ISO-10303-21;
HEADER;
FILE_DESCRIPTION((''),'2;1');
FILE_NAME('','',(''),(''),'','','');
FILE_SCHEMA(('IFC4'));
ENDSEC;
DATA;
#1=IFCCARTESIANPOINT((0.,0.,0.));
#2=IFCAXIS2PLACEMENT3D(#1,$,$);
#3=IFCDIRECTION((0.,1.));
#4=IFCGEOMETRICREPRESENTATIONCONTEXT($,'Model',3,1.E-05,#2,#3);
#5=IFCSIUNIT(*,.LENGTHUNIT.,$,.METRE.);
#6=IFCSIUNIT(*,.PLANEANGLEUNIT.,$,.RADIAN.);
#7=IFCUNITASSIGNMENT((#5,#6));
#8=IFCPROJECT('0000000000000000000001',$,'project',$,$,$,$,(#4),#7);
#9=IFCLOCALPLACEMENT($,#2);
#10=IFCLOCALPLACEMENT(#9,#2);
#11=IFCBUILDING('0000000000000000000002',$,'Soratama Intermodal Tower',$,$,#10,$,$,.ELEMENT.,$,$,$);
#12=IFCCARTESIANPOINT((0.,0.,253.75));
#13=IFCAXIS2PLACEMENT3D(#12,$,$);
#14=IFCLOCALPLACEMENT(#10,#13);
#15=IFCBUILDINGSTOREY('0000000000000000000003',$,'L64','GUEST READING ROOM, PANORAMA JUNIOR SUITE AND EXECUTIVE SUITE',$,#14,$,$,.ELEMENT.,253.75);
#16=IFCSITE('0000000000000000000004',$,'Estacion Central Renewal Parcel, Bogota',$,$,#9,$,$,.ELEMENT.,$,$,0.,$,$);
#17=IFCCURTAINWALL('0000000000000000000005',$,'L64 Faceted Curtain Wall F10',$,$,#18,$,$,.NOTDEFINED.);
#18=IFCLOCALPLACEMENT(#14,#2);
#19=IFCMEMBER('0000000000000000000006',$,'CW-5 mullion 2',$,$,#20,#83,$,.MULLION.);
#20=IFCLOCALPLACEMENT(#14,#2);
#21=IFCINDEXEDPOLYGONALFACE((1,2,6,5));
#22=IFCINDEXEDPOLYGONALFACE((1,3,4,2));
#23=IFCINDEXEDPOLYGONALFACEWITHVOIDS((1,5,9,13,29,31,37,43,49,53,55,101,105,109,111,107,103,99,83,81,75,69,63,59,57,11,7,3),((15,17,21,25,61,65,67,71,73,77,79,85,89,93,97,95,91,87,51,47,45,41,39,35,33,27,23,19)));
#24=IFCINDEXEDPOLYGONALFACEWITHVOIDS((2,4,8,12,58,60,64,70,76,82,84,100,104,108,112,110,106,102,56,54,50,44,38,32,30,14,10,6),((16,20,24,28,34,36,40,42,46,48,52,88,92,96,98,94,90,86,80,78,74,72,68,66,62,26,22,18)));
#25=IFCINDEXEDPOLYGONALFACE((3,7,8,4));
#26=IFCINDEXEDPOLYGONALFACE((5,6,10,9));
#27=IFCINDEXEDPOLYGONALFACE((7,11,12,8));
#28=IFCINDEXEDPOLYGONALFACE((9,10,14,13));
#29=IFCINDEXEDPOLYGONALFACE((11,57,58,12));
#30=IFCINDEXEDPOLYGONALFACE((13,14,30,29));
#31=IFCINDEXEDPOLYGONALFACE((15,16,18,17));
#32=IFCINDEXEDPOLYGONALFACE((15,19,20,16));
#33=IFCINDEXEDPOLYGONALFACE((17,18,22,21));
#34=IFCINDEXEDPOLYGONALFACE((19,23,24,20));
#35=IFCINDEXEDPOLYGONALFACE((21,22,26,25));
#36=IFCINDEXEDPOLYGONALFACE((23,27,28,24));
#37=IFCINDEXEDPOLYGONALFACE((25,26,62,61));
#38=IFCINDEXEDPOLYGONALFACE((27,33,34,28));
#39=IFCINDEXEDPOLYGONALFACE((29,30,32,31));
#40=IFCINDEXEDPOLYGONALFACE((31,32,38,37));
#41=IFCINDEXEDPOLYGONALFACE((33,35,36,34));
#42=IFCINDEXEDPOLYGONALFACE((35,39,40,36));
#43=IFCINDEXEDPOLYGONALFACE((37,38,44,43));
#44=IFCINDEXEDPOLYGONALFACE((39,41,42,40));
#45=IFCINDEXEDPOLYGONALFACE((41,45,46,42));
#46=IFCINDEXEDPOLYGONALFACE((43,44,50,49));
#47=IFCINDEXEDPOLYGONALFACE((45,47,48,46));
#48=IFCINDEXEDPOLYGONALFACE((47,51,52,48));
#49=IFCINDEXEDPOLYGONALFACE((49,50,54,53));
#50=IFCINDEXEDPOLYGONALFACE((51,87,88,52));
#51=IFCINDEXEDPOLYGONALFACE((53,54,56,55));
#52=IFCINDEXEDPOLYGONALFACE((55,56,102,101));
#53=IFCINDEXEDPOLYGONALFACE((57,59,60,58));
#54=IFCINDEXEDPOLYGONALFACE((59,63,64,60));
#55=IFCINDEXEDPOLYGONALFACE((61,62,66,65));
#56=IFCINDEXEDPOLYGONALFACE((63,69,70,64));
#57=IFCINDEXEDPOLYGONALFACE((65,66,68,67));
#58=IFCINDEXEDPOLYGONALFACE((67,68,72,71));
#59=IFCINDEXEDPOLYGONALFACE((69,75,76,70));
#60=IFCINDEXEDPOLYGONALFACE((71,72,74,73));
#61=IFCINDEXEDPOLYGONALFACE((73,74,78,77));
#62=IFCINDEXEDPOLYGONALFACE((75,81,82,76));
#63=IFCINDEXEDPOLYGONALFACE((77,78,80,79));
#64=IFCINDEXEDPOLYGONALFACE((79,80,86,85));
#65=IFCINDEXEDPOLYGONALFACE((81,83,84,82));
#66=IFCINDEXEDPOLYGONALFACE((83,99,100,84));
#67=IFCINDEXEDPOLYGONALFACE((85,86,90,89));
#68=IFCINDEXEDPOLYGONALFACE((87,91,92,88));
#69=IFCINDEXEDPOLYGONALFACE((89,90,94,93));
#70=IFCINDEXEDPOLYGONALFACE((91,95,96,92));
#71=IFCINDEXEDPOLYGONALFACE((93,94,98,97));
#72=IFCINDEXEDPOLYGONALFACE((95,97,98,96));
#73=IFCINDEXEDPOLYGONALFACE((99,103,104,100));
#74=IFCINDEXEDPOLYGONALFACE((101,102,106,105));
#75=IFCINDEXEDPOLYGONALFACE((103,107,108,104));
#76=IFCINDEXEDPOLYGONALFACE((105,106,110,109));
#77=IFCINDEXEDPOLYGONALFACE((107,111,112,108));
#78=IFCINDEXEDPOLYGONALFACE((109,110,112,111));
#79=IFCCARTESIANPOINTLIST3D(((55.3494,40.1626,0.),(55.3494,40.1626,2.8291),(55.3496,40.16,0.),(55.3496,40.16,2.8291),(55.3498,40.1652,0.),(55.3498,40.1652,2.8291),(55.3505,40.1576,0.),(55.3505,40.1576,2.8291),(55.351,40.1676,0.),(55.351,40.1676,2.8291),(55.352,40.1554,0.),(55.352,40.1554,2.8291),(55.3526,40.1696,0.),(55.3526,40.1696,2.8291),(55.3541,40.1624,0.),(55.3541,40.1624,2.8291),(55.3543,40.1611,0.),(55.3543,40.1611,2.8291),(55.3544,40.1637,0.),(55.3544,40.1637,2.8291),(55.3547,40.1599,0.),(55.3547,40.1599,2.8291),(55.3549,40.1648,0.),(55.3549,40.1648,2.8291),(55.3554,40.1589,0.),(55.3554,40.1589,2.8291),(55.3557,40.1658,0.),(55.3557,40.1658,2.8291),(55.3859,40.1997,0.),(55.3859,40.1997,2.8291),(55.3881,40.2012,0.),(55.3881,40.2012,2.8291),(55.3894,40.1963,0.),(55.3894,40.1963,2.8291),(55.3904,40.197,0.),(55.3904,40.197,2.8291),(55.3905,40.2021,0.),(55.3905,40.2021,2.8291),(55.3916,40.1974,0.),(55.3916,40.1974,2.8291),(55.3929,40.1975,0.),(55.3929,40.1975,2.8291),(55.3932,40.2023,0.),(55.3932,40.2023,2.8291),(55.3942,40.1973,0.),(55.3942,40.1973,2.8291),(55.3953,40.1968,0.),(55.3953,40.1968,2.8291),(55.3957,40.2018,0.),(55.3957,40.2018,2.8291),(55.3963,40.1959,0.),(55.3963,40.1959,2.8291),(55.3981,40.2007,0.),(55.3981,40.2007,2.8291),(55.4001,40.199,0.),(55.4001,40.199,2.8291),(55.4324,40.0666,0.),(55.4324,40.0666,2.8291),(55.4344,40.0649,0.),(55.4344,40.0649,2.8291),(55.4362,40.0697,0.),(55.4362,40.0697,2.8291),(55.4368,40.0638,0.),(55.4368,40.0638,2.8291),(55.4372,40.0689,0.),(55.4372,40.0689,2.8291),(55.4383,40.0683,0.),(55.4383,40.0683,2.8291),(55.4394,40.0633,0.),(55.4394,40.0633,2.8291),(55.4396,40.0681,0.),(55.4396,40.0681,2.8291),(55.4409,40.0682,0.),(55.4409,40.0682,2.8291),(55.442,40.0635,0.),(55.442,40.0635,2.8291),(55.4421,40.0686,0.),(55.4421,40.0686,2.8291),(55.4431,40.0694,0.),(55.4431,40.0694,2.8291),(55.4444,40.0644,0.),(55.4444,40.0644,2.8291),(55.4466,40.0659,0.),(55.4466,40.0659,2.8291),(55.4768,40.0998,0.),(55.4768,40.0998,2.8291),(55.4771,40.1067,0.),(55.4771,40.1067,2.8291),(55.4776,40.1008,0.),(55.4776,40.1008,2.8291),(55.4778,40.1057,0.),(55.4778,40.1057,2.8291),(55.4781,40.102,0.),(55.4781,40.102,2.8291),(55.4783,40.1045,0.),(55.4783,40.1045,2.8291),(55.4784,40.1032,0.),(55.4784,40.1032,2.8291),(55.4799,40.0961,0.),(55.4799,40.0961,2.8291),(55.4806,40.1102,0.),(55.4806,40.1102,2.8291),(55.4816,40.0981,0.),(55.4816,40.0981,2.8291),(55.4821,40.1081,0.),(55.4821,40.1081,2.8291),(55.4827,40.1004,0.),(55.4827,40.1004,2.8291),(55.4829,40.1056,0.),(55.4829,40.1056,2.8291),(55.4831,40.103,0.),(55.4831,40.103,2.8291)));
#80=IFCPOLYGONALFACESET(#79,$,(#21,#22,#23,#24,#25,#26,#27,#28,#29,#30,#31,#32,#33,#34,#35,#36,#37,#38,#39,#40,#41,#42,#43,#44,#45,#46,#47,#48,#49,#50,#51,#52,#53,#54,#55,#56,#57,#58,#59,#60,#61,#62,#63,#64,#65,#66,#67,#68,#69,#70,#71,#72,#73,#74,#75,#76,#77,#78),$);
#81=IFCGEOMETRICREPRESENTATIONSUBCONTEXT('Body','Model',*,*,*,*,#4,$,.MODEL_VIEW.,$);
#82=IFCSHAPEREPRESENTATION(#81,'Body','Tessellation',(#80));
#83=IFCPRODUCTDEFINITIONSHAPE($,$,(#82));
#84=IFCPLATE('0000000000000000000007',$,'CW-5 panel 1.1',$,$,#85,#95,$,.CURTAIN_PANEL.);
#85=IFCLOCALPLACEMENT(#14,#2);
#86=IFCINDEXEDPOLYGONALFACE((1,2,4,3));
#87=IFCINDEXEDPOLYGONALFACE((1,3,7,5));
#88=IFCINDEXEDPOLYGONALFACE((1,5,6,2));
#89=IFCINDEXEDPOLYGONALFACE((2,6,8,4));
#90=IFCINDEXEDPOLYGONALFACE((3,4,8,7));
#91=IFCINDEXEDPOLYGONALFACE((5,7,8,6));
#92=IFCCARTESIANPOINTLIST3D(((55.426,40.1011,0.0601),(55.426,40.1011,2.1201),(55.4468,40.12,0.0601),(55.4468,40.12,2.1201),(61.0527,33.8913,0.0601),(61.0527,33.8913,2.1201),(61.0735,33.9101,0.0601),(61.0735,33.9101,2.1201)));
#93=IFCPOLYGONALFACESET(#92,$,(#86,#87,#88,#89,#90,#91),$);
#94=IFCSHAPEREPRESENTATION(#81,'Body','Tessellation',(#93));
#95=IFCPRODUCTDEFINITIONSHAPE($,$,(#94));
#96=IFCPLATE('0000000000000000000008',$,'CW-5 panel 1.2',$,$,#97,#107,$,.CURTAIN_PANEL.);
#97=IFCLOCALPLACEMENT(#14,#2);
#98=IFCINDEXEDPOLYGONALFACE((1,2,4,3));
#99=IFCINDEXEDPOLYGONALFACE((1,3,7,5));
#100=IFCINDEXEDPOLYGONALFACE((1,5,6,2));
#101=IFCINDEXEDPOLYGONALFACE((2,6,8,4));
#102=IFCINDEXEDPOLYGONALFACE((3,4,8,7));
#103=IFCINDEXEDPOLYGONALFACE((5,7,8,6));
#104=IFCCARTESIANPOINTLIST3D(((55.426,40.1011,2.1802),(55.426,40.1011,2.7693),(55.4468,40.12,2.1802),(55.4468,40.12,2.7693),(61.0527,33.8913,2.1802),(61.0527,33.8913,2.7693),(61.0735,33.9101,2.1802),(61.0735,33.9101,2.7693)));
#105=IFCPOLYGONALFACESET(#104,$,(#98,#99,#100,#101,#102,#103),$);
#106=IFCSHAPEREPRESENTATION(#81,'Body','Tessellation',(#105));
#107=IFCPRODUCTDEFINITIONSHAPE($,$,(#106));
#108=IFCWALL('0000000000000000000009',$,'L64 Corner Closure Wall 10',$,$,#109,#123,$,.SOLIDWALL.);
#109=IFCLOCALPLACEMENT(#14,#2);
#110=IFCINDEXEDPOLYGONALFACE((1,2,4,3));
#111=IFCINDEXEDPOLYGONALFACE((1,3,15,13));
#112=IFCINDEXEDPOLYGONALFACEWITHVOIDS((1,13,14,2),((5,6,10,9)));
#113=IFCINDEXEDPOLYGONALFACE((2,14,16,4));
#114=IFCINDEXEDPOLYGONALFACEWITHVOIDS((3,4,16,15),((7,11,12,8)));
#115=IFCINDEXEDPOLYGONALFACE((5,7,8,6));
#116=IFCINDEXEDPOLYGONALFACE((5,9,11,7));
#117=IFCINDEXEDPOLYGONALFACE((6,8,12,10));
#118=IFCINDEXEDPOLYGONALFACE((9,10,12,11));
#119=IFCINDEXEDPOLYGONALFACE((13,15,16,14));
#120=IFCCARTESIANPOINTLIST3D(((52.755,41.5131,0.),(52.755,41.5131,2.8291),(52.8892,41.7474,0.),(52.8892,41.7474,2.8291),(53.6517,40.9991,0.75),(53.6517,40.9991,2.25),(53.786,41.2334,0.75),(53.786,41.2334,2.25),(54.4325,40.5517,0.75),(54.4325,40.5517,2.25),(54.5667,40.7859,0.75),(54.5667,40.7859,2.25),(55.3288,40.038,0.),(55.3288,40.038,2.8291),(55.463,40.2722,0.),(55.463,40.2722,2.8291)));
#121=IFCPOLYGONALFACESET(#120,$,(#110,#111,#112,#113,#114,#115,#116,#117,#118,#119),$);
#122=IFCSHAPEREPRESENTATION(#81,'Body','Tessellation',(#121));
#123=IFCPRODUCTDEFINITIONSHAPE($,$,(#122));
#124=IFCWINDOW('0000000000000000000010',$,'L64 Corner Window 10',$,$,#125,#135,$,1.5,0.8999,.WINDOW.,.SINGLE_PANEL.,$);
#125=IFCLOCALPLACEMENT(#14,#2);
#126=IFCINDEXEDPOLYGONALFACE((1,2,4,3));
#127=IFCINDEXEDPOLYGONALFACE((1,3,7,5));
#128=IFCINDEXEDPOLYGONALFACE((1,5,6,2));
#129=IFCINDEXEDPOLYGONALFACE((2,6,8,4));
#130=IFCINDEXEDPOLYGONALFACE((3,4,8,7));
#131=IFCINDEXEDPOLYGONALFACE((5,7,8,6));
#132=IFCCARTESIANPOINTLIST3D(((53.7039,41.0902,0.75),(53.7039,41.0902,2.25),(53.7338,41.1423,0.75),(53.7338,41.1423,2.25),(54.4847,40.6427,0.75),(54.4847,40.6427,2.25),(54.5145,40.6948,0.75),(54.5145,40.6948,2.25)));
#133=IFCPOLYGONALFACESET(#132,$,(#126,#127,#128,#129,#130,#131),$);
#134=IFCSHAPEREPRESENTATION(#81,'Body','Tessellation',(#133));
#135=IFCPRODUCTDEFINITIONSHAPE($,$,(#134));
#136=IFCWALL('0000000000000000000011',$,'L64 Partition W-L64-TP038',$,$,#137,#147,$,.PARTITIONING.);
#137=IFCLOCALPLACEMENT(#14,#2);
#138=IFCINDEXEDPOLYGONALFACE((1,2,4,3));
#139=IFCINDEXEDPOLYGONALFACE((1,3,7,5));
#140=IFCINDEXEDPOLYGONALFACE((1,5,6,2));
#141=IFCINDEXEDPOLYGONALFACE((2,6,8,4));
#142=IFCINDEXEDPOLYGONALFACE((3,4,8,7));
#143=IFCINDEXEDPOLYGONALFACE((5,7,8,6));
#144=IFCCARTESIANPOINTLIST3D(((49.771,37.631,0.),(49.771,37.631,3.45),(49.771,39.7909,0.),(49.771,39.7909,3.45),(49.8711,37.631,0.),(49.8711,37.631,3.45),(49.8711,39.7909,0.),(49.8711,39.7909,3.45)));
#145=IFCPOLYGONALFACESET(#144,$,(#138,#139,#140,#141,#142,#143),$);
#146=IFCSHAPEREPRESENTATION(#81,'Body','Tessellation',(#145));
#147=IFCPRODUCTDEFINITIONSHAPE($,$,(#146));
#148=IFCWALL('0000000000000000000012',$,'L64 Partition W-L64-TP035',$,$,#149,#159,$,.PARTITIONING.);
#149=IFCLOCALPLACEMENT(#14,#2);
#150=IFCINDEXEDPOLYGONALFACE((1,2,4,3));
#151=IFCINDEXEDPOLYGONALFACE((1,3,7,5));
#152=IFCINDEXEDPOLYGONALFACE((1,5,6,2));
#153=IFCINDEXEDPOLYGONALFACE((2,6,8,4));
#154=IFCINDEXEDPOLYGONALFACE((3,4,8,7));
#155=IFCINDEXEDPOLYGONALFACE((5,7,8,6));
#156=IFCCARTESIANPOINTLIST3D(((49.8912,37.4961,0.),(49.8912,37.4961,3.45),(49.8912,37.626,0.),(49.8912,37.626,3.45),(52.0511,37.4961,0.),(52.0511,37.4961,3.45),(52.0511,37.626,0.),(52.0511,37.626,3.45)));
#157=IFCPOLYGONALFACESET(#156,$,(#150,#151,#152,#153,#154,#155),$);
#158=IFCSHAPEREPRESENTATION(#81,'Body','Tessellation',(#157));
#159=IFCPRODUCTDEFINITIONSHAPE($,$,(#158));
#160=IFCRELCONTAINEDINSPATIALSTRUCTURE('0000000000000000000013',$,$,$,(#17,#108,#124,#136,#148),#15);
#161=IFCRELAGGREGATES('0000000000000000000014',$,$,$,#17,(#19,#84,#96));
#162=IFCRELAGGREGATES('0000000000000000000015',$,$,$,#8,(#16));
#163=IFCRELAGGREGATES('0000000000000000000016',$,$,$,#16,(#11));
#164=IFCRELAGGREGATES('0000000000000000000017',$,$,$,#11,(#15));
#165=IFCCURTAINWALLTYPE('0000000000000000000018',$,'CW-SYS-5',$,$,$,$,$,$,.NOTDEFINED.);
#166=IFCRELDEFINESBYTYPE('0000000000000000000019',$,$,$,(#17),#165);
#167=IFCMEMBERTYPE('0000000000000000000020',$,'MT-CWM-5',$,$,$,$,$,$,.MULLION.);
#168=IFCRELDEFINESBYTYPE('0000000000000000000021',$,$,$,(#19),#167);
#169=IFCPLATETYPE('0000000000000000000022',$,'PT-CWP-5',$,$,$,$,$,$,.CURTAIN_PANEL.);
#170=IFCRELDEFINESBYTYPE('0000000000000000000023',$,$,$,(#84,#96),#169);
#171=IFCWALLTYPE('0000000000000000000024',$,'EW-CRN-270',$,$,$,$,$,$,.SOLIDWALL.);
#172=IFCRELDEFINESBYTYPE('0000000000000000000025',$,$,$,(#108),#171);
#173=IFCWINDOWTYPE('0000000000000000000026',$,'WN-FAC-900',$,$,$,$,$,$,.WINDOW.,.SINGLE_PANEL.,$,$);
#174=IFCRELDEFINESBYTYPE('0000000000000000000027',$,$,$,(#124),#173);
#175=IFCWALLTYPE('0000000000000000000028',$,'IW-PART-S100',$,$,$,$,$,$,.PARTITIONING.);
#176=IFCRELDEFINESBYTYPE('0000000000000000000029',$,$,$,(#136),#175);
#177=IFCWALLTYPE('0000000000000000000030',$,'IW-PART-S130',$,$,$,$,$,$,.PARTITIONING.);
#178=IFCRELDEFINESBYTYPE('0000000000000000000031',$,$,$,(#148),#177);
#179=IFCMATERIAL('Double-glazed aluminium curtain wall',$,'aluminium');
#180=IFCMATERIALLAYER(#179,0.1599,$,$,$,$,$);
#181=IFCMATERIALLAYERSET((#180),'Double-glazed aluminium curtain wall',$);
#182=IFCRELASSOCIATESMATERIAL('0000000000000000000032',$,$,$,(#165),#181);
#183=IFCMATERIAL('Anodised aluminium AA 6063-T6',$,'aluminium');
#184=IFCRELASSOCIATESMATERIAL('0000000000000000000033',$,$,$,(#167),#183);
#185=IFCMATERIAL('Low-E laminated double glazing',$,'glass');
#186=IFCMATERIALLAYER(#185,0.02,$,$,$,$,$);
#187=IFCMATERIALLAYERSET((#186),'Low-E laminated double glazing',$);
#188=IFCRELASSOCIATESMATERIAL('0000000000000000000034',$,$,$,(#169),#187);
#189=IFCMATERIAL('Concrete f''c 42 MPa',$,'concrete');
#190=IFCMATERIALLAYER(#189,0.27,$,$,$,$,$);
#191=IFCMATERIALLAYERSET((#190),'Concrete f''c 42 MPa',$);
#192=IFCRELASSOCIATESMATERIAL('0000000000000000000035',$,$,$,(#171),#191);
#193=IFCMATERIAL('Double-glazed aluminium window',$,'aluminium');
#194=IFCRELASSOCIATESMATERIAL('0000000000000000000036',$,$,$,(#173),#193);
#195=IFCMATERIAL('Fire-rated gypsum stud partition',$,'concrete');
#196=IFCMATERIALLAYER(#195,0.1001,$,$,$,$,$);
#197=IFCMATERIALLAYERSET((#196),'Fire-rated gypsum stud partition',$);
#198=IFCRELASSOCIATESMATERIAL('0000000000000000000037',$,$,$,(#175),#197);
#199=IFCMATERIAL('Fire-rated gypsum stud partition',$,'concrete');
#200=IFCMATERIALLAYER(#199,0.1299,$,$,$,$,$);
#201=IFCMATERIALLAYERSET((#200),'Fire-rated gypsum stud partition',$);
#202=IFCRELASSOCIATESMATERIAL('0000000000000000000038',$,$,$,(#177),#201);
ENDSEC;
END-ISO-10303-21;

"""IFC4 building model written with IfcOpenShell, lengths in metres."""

from ifc_helpers import new_model, si_unit, direction, frame, frame_2d, origin, origin_2d, place, context, subcontext, project, spatial, rectangle, hollow_rectangle, extrude, material, layer, layer_set, material_profile, profile_set, type_object, element, fill, aggregate, save


model = new_model("IFC4")

# Units and contexts
model_context = context("Model", 3, precision=1e-05, world=origin(), true_north=direction((0.0, 1.0)))
body_context = subcontext(model_context, "Body", "Model", "MODEL_VIEW")
ifc_project = project(units=[si_unit("LENGTHUNIT", "METRE"), si_unit("PLANEANGLEUNIT", "RADIAN")], contexts=[model_context])

# Site, building, storey
site_placement = place(None, origin())
site = spatial("IfcSite", under=ifc_project, at=site_placement, Name="Estacion Central Renewal Parcel, Bogota", CompositionType="ELEMENT", RefElevation=0.0)
building_placement = place(site_placement, origin())
building = spatial("IfcBuilding", under=site, at=building_placement, Name="Soratama Intermodal Tower", CompositionType="ELEMENT")
storey_placement = place(building_placement, frame((0.0, 0.0, 253.75)))
storey = spatial("IfcBuildingStorey", under=building, at=storey_placement, Name="L64", Description="GUEST READING ROOM, PANORAMA JUNIOR SUITE AND EXECUTIVE SUITE", CompositionType="ELEMENT", Elevation=253.75)

# Curtain wall, member, plates
ifc_material_1 = material(Name="Double-glazed aluminium curtain wall", Category="aluminium")
ifc_layer_1 = layer(ifc_material_1, 0.1599)
ifc_layer_set_1 = layer_set([ifc_layer_1], Name="Double-glazed aluminium curtain wall")
curtain_wall_type = type_object("IfcCurtainWallType", Name="CW-SYS-5", PredefinedType="NOTDEFINED", material=ifc_layer_set_1)
curtain_wall_placement = place(storey_placement, origin())
curtain_wall = element("IfcCurtainWall", 1, at=curtain_wall_placement, inside=storey, type_object=curtain_wall_type, Name="L64 Faceted Curtain Wall F10", PredefinedType="NOTDEFINED")
ifc_material_2 = material(Name="Anodised aluminium AA 6063-T6", Category="aluminium")
ifc_material_profile_1 = material_profile(ifc_material_2, hollow_rectangle(XDim=0.0649, YDim=0.1399, WallThickness=0.0049, InnerFilletRadius=0.0049, OuterFilletRadius=0.01, at=origin_2d()), Name="CWM140X65X5")
ifc_profile_set_1 = profile_set([ifc_material_profile_1], Name="Anodised aluminium AA 6063-T6")
member_type = type_object("IfcMemberType", Name="MT-CWM-5", PredefinedType="MULLION", material=ifc_profile_set_1)
member_placement = place(storey_placement, frame((55.4163, 40.1328, 0.0), z_axis=(0.0, 0.0, 1.0), x_axis=(-0.741039, -0.671461, 0.0)))
member = element("IfcMember", 2, at=member_placement, type_object=member_type, Name="CW-5 mullion 2", PredefinedType="MULLION", context=body_context, shape_type="SweptSolid", body=[
    extrude(hollow_rectangle(XDim=0.0649, YDim=0.1399, WallThickness=0.0049, InnerFilletRadius=0.0049, OuterFilletRadius=0.01, at=origin_2d()), origin(), (0.0, 0.0, 1.0), 2.8291),
])
ifc_material_3 = material(Name="Low-E laminated double glazing", Category="glass")
ifc_layer_2 = layer(ifc_material_3, 0.02)
ifc_layer_set_2 = layer_set([ifc_layer_2], Name="Low-E laminated double glazing")
plate_type = type_object("IfcPlateType", Name="PT-CWP-5", PredefinedType="CURTAIN_PANEL", material=ifc_layer_set_2)
plate_1_placement = place(storey_placement, frame((58.2498, 37.0056, 0.0601), z_axis=(0.0, 0.0, 1.0), x_axis=(-0.671461, 0.741039, 0.0)))
plate_1 = element("IfcPlate", 3, at=plate_1_placement, type_object=plate_type, Name="CW-5 panel 1.1", PredefinedType="CURTAIN_PANEL", context=body_context, shape_type="SweptSolid", body=[
    extrude(rectangle(XDim=8.3799, YDim=0.0281, at=origin_2d()), origin(), (0.0, 0.0, 1.0), 2.0601),
])
plate_2_placement = place(storey_placement, frame((58.2498, 37.0056, 2.1802), z_axis=(0.0, 0.0, 1.0), x_axis=(-0.671461, 0.741039, 0.0)))
plate_2 = element("IfcPlate", 4, at=plate_2_placement, type_object=plate_type, Name="CW-5 panel 1.2", PredefinedType="CURTAIN_PANEL", context=body_context, shape_type="SweptSolid", body=[
    extrude(rectangle(XDim=8.3799, YDim=0.0281, at=origin_2d()), origin(), (0.0, 0.0, 1.0), 0.5891),
])
aggregate(curtain_wall, [member, plate_1, plate_2])

# Wall, opening, window
ifc_material_4 = material(Name="Concrete f'c 42 MPa", Category="concrete")
ifc_layer_3 = layer(ifc_material_4, 0.27)
ifc_layer_set_3 = layer_set([ifc_layer_3], Name="Concrete f'c 42 MPa")
wall_type_1 = type_object("IfcWallType", Name="EW-CRN-270", PredefinedType="SOLIDWALL", material=ifc_layer_set_3)
wall_1_placement = place(storey_placement, frame((55.396, 40.155, 0.0), z_axis=(0.0, 0.0, 1.0), x_axis=(-0.867604, 0.497255, 0.0)))
wall_1 = element("IfcWall", 5, at=wall_1_placement, inside=storey, type_object=wall_type_1, Name="L64 Corner Closure Wall 10", PredefinedType="SOLIDWALL", context=body_context, shape_type="SweptSolid", body=[
    extrude(rectangle(XDim=2.9666, YDim=0.27, at=frame_2d((1.4834, 0.0))), origin(), (0.0, 0.0, 1.0), 2.8291),
])
opening_1_placement = place(wall_1_placement, frame((1.0332, 0.0, 0.75)))
opening_1 = element("IfcOpeningElement", 6, at=opening_1_placement, cuts=wall_1, PredefinedType="OPENING", context=body_context, shape_type="SweptSolid", body=[
    extrude(rectangle(XDim=0.8999, YDim=1.5, at=frame_2d((0.45, 0.75))), frame((0.0, 0.145, 0.0), z_axis=(0.0, -1.0, 0.0), x_axis=(1.0, 0.0, 0.0)), (0.0, 0.0, 1.0), 0.29),
])
ifc_material_5 = material(Name="Double-glazed aluminium window", Category="aluminium")
window_type_1 = type_object("IfcWindowType", Name="WN-FAC-900", PartitioningType="SINGLE_PANEL", PredefinedType="WINDOW", material=ifc_material_5)
window_1_placement = place(opening_1_placement, origin())
window_1 = element("IfcWindow", 7, at=window_1_placement, inside=storey, type_object=window_type_1, Name="L64 Corner Window 10", OverallHeight=1.5, OverallWidth=0.8999, PartitioningType="SINGLE_PANEL", PredefinedType="WINDOW", context=body_context, shape_type="SweptSolid", body=[
    extrude(rectangle(XDim=0.8999, YDim=1.5, at=frame_2d((0.45, 0.75))), frame((0.0, 0.03, 0.0), z_axis=(0.0, -1.0, 0.0), x_axis=(1.0, 0.0, 0.0)), (0.0, 0.0, 1.0), 0.0601),
])
fill(opening_1, window_1)

# Walls
ifc_material_6 = material(Name="Fire-rated gypsum stud partition", Category="concrete")
ifc_layer_4 = layer(ifc_material_6, 0.1001)
ifc_layer_set_4 = layer_set([ifc_layer_4], Name="Fire-rated gypsum stud partition")
wall_type_2 = type_object("IfcWallType", Name="IW-PART-S100", PredefinedType="PARTITIONING", material=ifc_layer_set_4)
wall_2_placement = place(storey_placement, frame((49.821, 39.791, 0.0), z_axis=(0.0, 0.0, 1.0), x_axis=(0.0, -1.0, 0.0)))
element("IfcWall", 8, at=wall_2_placement, inside=storey, type_object=wall_type_2, Name="L64 Partition W-L64-TP038", PredefinedType="PARTITIONING", context=body_context, shape_type="SweptSolid", body=[
    extrude(rectangle(XDim=2.1599, YDim=0.1001, at=frame_2d((1.0801, 0.0))), origin(), (0.0, 0.0, 1.0), 3.45),
])
ifc_material_7 = material(Name="Fire-rated gypsum stud partition", Category="concrete")
ifc_layer_5 = layer(ifc_material_7, 0.1299)
ifc_layer_set_5 = layer_set([ifc_layer_5], Name="Fire-rated gypsum stud partition")
wall_type_3 = type_object("IfcWallType", Name="IW-PART-S130", PredefinedType="PARTITIONING", material=ifc_layer_set_5)
wall_3_placement = place(storey_placement, frame((49.8911, 37.561, 0.0), z_axis=(0.0, 0.0, 1.0), x_axis=(1.0, 0.0, 0.0)))
element("IfcWall", 9, at=wall_3_placement, inside=storey, type_object=wall_type_3, Name="L64 Partition W-L64-TP035", PredefinedType="PARTITIONING", context=body_context, shape_type="SweptSolid", body=[
    extrude(rectangle(XDim=2.1599, YDim=0.1299, at=frame_2d((1.0801, 0.0))), origin(), (0.0, 0.0, 1.0), 3.45),
])

save(model, "model.ifc")
